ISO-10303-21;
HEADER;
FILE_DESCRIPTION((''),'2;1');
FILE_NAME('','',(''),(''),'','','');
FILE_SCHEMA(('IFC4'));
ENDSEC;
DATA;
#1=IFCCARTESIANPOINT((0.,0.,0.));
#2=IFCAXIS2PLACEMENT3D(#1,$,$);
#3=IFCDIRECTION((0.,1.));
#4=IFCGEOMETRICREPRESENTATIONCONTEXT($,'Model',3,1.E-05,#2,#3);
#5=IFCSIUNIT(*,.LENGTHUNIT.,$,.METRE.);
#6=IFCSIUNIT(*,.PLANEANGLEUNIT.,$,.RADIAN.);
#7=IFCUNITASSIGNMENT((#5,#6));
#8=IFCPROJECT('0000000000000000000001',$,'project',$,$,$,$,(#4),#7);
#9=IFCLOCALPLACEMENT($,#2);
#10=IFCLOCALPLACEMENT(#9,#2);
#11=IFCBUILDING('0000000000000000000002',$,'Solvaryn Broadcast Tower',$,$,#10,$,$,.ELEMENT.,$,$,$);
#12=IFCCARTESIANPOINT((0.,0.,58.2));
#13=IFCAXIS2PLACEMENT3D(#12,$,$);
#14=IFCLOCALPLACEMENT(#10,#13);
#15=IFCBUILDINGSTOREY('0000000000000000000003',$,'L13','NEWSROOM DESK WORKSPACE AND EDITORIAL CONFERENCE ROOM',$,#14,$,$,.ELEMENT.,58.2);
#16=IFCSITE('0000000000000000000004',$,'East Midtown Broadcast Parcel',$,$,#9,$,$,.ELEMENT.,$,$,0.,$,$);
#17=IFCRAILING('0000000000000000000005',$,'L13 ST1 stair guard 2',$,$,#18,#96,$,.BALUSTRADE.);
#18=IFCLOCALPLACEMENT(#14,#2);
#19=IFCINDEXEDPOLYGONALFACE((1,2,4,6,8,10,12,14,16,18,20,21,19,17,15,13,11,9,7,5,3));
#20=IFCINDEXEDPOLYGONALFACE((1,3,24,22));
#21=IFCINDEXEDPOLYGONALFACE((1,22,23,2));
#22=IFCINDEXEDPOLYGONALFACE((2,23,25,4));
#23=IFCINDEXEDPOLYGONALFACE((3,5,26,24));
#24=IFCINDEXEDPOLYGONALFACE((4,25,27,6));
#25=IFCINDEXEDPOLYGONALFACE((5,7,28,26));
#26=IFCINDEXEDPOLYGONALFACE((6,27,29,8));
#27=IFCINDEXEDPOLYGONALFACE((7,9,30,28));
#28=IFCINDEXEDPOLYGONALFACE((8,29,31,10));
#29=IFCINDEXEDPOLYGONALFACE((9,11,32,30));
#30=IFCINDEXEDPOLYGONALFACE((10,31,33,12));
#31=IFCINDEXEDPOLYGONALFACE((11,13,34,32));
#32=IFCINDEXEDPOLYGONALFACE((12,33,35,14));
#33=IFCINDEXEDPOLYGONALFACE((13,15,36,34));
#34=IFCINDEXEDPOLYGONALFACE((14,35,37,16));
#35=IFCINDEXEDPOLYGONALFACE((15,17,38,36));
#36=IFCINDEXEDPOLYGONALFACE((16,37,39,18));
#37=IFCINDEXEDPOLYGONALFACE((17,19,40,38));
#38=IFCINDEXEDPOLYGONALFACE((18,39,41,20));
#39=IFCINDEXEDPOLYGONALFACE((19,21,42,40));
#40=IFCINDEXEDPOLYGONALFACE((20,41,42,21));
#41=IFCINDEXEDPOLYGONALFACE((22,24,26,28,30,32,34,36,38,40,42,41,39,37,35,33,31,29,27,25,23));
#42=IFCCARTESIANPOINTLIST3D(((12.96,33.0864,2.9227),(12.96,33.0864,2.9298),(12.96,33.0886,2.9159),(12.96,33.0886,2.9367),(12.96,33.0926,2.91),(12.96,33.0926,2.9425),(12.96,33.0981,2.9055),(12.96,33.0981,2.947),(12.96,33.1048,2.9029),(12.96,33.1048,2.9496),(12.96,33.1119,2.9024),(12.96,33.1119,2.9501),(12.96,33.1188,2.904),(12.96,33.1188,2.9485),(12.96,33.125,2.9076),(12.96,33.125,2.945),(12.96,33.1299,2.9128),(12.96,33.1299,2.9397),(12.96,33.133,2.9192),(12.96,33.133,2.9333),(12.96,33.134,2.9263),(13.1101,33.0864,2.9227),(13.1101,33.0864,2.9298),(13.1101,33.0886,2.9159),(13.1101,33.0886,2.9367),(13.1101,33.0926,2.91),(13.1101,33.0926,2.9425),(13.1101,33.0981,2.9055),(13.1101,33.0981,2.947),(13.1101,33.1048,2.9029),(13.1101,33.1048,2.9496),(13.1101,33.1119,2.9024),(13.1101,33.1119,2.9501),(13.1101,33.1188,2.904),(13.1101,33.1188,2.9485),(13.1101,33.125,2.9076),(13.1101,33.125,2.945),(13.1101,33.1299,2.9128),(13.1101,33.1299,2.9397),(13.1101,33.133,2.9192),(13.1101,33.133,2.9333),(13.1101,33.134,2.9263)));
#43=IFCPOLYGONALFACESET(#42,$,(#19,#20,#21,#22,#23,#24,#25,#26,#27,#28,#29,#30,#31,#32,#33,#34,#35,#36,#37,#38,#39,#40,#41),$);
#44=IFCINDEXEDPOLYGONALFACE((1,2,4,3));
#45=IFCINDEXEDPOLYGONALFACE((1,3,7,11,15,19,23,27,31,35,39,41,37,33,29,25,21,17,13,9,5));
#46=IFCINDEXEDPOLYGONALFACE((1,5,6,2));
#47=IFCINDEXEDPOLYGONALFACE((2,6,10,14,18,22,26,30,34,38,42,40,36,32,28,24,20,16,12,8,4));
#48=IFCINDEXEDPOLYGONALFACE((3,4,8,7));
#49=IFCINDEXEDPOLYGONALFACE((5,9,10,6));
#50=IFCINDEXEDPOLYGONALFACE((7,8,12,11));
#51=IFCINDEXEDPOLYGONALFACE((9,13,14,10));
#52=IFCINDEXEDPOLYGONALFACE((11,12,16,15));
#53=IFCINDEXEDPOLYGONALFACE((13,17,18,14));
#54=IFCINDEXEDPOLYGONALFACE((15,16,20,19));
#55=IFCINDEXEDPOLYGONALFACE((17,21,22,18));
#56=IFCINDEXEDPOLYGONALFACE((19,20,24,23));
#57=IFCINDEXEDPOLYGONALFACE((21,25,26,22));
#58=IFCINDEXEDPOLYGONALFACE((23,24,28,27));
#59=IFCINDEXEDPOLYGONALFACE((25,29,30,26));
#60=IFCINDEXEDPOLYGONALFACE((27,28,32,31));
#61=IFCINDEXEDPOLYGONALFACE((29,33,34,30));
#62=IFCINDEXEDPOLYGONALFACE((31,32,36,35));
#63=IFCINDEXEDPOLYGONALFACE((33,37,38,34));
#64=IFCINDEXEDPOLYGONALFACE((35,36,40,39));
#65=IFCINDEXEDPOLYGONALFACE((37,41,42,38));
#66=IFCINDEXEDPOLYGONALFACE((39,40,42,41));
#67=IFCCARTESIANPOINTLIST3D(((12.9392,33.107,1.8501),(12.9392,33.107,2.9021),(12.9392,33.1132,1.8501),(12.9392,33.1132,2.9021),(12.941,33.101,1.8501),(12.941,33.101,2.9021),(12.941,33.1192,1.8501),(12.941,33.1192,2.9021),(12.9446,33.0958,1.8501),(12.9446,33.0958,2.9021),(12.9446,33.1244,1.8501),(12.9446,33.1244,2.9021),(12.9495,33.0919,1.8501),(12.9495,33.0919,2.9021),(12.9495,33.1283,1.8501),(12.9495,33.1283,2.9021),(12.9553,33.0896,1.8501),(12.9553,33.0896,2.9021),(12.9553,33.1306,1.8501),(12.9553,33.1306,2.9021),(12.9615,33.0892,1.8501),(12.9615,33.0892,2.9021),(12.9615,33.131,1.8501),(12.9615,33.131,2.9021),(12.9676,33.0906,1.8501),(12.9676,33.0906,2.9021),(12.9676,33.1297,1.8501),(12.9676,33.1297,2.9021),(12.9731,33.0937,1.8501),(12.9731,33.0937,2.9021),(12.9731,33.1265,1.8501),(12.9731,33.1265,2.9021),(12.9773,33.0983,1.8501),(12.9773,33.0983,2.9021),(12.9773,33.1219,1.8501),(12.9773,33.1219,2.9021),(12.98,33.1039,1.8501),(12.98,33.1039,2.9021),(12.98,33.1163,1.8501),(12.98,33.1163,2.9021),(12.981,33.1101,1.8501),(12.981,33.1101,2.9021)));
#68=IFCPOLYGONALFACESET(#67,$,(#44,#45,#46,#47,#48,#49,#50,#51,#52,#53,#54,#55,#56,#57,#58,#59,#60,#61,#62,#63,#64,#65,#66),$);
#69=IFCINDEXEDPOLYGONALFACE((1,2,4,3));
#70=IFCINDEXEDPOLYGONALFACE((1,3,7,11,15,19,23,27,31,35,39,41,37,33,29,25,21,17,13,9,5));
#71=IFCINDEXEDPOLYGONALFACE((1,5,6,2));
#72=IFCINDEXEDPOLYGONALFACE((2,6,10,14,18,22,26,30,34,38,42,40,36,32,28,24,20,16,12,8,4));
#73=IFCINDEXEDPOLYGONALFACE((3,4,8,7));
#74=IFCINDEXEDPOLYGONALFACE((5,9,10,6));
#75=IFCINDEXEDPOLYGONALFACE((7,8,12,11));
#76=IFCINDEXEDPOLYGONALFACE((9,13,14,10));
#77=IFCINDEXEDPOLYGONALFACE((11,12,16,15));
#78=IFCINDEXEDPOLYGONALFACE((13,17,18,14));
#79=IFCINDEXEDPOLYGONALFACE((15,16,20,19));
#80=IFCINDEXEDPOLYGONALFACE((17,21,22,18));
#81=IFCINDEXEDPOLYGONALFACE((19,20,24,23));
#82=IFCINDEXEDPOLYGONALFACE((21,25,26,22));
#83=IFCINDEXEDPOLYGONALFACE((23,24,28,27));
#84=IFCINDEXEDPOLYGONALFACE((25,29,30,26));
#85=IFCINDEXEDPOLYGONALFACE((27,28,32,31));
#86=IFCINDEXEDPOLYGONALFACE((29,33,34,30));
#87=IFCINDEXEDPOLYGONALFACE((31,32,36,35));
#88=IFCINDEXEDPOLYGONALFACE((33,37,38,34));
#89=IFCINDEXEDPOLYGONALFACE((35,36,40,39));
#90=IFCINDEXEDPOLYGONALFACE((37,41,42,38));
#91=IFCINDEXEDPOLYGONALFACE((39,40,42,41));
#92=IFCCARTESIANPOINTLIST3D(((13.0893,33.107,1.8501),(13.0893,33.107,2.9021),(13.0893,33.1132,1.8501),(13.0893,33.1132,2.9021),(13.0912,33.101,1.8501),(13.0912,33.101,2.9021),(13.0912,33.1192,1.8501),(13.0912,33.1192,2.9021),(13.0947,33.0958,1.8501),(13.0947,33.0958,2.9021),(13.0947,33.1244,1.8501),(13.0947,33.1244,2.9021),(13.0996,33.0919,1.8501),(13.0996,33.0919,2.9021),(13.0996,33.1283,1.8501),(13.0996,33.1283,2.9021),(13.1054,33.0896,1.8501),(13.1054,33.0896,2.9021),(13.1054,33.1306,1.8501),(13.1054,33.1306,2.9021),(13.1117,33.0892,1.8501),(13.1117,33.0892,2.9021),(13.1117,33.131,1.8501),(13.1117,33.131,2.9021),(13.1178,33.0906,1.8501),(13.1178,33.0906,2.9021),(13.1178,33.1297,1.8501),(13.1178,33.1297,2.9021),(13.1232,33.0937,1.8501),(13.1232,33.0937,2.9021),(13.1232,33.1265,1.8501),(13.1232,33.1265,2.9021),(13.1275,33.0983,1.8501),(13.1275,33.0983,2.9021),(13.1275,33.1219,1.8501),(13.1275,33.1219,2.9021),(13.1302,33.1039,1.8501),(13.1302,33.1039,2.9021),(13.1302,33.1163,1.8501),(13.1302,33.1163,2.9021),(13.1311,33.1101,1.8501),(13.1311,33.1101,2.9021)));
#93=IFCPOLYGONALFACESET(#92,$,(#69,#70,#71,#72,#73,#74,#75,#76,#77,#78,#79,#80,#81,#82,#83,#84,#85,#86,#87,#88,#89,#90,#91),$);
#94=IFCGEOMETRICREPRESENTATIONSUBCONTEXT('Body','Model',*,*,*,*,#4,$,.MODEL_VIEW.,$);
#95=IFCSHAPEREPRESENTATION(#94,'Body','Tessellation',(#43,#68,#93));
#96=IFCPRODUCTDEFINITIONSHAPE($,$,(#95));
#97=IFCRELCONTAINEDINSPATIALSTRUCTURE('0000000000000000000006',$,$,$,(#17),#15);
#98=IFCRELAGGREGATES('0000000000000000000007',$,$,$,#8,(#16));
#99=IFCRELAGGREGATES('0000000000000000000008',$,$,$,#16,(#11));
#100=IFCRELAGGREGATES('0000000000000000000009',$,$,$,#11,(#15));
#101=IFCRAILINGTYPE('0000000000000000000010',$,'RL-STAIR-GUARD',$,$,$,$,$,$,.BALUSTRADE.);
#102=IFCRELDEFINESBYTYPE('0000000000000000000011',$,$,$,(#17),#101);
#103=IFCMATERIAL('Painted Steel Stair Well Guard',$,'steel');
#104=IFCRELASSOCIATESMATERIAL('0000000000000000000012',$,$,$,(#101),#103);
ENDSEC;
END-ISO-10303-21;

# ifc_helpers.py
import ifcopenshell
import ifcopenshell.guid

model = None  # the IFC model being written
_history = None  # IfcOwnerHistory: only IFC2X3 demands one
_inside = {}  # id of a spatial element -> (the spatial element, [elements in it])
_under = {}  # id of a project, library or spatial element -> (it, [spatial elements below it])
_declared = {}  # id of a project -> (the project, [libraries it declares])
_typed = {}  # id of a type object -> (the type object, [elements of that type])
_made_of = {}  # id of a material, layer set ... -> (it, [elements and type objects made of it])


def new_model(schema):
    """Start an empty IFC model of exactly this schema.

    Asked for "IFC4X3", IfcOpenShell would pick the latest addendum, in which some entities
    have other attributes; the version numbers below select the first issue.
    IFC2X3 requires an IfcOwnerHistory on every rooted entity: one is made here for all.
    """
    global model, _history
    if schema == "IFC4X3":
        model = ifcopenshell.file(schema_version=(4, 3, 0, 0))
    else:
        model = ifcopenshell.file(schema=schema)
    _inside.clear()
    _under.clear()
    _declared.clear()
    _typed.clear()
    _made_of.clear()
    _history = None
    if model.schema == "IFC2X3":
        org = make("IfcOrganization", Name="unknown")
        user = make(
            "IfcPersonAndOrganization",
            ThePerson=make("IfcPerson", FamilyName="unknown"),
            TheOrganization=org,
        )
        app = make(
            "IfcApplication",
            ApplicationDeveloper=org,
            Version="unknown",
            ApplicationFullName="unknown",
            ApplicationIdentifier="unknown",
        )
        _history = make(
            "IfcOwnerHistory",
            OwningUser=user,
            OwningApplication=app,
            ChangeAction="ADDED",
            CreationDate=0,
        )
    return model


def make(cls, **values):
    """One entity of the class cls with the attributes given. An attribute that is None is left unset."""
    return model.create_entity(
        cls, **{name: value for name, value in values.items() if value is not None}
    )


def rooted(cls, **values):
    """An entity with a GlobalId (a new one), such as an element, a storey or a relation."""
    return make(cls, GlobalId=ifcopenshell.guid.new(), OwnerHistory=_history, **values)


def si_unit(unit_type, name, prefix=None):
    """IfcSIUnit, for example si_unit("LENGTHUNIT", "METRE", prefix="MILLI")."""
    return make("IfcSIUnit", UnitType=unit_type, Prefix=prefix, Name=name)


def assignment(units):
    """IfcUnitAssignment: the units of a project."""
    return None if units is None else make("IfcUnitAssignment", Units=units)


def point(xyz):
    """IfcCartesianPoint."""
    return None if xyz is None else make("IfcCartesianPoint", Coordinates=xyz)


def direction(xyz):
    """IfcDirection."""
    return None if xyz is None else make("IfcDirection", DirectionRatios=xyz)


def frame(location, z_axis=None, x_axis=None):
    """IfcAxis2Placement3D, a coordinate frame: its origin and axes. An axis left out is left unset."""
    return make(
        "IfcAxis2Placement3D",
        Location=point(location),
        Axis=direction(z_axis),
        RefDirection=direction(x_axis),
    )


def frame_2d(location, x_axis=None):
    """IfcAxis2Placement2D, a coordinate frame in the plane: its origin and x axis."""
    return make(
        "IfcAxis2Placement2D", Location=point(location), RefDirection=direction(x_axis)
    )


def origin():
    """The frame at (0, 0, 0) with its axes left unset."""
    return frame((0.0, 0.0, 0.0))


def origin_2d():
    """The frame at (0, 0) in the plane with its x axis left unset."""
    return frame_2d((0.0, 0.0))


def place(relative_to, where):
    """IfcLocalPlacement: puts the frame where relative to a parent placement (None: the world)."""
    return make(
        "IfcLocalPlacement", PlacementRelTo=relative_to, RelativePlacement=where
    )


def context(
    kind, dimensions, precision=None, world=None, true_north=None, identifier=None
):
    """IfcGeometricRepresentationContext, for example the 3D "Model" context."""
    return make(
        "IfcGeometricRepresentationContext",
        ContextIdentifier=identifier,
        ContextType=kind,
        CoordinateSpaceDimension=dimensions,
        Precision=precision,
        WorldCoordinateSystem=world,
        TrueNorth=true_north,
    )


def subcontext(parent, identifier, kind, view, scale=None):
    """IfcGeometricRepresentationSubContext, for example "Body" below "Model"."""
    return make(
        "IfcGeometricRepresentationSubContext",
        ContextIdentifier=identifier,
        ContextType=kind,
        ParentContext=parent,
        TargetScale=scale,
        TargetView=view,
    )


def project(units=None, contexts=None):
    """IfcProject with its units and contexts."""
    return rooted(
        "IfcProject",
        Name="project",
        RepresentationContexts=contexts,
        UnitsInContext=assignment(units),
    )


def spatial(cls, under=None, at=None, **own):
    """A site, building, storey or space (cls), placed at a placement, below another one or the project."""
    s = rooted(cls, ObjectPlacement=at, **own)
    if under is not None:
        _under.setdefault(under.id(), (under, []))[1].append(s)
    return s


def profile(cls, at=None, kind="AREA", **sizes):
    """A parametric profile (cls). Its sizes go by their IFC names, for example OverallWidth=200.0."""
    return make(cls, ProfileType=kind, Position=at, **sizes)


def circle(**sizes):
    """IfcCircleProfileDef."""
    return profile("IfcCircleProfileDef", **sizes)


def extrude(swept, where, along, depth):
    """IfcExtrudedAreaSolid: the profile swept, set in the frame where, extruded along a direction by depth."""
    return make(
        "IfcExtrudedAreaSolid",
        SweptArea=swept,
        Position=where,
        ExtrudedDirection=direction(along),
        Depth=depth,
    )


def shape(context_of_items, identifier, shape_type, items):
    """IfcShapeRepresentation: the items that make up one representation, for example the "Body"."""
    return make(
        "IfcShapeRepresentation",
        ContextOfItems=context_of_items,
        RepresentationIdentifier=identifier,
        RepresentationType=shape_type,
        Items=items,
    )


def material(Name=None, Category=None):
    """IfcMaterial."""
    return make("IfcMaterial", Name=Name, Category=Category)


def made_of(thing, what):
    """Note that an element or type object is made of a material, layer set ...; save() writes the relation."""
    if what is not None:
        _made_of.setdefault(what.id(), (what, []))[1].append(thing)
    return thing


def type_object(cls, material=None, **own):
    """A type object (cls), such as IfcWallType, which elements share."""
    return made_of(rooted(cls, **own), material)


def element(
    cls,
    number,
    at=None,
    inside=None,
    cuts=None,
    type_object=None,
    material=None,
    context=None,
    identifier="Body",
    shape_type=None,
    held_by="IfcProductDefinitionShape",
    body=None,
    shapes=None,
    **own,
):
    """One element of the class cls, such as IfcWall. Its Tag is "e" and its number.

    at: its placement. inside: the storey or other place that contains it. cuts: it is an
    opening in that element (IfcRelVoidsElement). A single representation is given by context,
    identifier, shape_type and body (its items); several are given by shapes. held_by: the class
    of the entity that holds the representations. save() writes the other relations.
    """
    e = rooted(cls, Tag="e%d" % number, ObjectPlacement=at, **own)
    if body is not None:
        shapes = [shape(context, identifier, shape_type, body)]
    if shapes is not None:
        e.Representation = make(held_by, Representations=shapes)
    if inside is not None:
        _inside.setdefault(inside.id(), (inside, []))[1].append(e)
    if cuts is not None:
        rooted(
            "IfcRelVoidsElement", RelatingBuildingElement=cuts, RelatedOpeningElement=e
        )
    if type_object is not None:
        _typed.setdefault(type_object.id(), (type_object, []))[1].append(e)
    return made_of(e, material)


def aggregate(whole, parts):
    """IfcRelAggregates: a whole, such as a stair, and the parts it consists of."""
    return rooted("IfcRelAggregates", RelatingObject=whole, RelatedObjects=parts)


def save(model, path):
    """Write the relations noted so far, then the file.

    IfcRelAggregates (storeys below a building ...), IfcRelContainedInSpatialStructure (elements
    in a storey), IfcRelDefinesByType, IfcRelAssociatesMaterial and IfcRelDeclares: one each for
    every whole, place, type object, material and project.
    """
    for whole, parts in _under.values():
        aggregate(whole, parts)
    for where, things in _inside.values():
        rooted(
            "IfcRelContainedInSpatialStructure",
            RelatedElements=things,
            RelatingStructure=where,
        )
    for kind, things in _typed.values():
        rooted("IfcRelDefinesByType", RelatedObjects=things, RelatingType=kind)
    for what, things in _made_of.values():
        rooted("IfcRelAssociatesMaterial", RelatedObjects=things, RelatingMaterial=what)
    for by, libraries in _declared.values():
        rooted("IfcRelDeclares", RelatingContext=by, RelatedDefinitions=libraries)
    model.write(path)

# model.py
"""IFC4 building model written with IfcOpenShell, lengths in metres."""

from ifc_helpers import new_model, si_unit, direction, frame, origin, origin_2d, place, context, subcontext, project, spatial, circle, extrude, material, type_object, element, save


model = new_model("IFC4")

# Units and contexts
model_context = context("Model", 3, precision=1e-05, world=origin(), true_north=direction((0.0, 1.0)))
body_context = subcontext(model_context, "Body", "Model", "MODEL_VIEW")
ifc_project = project(units=[si_unit("LENGTHUNIT", "METRE"), si_unit("PLANEANGLEUNIT", "RADIAN")], contexts=[model_context])

# Site, building, storey
site_placement = place(None, origin())
site = spatial("IfcSite", under=ifc_project, at=site_placement, Name="East Midtown Broadcast Parcel", CompositionType="ELEMENT", RefElevation=0.0)
building_placement = place(site_placement, origin())
building = spatial("IfcBuilding", under=site, at=building_placement, Name="Solvaryn Broadcast Tower", CompositionType="ELEMENT")
storey_placement = place(building_placement, frame((0.0, 0.0, 58.2)))
storey = spatial("IfcBuildingStorey", under=building, at=storey_placement, Name="L13", Description="NEWSROOM DESK WORKSPACE AND EDITORIAL CONFERENCE ROOM", CompositionType="ELEMENT", Elevation=58.2)

# Railing
ifc_material_1 = material(Name="Painted Steel Stair Well Guard", Category="steel")
railing_type_1 = type_object("IfcRailingType", Name="RL-STAIR-GUARD", PredefinedType="BALUSTRADE", material=ifc_material_1)
railing_1_placement = place(storey_placement, frame((12.96, 33.1101, 1.8501)))
element("IfcRailing", 1, at=railing_1_placement, inside=storey, type_object=railing_type_1, Name="L13 ST1 stair guard 2", PredefinedType="BALUSTRADE", context=body_context, shape_type="SweptSolid", body=[
    extrude(circle(Radius=0.0239, at=origin_2d()), frame((0.0, 0.0, 1.0762), z_axis=(1.0, 0.0, 0.0), x_axis=(0.0, 1.0, 0.0)), (0.0, 0.0, 1.0), 0.1501),
    extrude(circle(Radius=0.021, at=origin_2d()), origin(), (0.0, 0.0, 1.0), 1.052),
    extrude(circle(Radius=0.021, at=origin_2d()), frame((0.1501, 0.0, 0.0)), (0.0, 0.0, 1.0), 1.052),
])

save(model, "model.ifc")
